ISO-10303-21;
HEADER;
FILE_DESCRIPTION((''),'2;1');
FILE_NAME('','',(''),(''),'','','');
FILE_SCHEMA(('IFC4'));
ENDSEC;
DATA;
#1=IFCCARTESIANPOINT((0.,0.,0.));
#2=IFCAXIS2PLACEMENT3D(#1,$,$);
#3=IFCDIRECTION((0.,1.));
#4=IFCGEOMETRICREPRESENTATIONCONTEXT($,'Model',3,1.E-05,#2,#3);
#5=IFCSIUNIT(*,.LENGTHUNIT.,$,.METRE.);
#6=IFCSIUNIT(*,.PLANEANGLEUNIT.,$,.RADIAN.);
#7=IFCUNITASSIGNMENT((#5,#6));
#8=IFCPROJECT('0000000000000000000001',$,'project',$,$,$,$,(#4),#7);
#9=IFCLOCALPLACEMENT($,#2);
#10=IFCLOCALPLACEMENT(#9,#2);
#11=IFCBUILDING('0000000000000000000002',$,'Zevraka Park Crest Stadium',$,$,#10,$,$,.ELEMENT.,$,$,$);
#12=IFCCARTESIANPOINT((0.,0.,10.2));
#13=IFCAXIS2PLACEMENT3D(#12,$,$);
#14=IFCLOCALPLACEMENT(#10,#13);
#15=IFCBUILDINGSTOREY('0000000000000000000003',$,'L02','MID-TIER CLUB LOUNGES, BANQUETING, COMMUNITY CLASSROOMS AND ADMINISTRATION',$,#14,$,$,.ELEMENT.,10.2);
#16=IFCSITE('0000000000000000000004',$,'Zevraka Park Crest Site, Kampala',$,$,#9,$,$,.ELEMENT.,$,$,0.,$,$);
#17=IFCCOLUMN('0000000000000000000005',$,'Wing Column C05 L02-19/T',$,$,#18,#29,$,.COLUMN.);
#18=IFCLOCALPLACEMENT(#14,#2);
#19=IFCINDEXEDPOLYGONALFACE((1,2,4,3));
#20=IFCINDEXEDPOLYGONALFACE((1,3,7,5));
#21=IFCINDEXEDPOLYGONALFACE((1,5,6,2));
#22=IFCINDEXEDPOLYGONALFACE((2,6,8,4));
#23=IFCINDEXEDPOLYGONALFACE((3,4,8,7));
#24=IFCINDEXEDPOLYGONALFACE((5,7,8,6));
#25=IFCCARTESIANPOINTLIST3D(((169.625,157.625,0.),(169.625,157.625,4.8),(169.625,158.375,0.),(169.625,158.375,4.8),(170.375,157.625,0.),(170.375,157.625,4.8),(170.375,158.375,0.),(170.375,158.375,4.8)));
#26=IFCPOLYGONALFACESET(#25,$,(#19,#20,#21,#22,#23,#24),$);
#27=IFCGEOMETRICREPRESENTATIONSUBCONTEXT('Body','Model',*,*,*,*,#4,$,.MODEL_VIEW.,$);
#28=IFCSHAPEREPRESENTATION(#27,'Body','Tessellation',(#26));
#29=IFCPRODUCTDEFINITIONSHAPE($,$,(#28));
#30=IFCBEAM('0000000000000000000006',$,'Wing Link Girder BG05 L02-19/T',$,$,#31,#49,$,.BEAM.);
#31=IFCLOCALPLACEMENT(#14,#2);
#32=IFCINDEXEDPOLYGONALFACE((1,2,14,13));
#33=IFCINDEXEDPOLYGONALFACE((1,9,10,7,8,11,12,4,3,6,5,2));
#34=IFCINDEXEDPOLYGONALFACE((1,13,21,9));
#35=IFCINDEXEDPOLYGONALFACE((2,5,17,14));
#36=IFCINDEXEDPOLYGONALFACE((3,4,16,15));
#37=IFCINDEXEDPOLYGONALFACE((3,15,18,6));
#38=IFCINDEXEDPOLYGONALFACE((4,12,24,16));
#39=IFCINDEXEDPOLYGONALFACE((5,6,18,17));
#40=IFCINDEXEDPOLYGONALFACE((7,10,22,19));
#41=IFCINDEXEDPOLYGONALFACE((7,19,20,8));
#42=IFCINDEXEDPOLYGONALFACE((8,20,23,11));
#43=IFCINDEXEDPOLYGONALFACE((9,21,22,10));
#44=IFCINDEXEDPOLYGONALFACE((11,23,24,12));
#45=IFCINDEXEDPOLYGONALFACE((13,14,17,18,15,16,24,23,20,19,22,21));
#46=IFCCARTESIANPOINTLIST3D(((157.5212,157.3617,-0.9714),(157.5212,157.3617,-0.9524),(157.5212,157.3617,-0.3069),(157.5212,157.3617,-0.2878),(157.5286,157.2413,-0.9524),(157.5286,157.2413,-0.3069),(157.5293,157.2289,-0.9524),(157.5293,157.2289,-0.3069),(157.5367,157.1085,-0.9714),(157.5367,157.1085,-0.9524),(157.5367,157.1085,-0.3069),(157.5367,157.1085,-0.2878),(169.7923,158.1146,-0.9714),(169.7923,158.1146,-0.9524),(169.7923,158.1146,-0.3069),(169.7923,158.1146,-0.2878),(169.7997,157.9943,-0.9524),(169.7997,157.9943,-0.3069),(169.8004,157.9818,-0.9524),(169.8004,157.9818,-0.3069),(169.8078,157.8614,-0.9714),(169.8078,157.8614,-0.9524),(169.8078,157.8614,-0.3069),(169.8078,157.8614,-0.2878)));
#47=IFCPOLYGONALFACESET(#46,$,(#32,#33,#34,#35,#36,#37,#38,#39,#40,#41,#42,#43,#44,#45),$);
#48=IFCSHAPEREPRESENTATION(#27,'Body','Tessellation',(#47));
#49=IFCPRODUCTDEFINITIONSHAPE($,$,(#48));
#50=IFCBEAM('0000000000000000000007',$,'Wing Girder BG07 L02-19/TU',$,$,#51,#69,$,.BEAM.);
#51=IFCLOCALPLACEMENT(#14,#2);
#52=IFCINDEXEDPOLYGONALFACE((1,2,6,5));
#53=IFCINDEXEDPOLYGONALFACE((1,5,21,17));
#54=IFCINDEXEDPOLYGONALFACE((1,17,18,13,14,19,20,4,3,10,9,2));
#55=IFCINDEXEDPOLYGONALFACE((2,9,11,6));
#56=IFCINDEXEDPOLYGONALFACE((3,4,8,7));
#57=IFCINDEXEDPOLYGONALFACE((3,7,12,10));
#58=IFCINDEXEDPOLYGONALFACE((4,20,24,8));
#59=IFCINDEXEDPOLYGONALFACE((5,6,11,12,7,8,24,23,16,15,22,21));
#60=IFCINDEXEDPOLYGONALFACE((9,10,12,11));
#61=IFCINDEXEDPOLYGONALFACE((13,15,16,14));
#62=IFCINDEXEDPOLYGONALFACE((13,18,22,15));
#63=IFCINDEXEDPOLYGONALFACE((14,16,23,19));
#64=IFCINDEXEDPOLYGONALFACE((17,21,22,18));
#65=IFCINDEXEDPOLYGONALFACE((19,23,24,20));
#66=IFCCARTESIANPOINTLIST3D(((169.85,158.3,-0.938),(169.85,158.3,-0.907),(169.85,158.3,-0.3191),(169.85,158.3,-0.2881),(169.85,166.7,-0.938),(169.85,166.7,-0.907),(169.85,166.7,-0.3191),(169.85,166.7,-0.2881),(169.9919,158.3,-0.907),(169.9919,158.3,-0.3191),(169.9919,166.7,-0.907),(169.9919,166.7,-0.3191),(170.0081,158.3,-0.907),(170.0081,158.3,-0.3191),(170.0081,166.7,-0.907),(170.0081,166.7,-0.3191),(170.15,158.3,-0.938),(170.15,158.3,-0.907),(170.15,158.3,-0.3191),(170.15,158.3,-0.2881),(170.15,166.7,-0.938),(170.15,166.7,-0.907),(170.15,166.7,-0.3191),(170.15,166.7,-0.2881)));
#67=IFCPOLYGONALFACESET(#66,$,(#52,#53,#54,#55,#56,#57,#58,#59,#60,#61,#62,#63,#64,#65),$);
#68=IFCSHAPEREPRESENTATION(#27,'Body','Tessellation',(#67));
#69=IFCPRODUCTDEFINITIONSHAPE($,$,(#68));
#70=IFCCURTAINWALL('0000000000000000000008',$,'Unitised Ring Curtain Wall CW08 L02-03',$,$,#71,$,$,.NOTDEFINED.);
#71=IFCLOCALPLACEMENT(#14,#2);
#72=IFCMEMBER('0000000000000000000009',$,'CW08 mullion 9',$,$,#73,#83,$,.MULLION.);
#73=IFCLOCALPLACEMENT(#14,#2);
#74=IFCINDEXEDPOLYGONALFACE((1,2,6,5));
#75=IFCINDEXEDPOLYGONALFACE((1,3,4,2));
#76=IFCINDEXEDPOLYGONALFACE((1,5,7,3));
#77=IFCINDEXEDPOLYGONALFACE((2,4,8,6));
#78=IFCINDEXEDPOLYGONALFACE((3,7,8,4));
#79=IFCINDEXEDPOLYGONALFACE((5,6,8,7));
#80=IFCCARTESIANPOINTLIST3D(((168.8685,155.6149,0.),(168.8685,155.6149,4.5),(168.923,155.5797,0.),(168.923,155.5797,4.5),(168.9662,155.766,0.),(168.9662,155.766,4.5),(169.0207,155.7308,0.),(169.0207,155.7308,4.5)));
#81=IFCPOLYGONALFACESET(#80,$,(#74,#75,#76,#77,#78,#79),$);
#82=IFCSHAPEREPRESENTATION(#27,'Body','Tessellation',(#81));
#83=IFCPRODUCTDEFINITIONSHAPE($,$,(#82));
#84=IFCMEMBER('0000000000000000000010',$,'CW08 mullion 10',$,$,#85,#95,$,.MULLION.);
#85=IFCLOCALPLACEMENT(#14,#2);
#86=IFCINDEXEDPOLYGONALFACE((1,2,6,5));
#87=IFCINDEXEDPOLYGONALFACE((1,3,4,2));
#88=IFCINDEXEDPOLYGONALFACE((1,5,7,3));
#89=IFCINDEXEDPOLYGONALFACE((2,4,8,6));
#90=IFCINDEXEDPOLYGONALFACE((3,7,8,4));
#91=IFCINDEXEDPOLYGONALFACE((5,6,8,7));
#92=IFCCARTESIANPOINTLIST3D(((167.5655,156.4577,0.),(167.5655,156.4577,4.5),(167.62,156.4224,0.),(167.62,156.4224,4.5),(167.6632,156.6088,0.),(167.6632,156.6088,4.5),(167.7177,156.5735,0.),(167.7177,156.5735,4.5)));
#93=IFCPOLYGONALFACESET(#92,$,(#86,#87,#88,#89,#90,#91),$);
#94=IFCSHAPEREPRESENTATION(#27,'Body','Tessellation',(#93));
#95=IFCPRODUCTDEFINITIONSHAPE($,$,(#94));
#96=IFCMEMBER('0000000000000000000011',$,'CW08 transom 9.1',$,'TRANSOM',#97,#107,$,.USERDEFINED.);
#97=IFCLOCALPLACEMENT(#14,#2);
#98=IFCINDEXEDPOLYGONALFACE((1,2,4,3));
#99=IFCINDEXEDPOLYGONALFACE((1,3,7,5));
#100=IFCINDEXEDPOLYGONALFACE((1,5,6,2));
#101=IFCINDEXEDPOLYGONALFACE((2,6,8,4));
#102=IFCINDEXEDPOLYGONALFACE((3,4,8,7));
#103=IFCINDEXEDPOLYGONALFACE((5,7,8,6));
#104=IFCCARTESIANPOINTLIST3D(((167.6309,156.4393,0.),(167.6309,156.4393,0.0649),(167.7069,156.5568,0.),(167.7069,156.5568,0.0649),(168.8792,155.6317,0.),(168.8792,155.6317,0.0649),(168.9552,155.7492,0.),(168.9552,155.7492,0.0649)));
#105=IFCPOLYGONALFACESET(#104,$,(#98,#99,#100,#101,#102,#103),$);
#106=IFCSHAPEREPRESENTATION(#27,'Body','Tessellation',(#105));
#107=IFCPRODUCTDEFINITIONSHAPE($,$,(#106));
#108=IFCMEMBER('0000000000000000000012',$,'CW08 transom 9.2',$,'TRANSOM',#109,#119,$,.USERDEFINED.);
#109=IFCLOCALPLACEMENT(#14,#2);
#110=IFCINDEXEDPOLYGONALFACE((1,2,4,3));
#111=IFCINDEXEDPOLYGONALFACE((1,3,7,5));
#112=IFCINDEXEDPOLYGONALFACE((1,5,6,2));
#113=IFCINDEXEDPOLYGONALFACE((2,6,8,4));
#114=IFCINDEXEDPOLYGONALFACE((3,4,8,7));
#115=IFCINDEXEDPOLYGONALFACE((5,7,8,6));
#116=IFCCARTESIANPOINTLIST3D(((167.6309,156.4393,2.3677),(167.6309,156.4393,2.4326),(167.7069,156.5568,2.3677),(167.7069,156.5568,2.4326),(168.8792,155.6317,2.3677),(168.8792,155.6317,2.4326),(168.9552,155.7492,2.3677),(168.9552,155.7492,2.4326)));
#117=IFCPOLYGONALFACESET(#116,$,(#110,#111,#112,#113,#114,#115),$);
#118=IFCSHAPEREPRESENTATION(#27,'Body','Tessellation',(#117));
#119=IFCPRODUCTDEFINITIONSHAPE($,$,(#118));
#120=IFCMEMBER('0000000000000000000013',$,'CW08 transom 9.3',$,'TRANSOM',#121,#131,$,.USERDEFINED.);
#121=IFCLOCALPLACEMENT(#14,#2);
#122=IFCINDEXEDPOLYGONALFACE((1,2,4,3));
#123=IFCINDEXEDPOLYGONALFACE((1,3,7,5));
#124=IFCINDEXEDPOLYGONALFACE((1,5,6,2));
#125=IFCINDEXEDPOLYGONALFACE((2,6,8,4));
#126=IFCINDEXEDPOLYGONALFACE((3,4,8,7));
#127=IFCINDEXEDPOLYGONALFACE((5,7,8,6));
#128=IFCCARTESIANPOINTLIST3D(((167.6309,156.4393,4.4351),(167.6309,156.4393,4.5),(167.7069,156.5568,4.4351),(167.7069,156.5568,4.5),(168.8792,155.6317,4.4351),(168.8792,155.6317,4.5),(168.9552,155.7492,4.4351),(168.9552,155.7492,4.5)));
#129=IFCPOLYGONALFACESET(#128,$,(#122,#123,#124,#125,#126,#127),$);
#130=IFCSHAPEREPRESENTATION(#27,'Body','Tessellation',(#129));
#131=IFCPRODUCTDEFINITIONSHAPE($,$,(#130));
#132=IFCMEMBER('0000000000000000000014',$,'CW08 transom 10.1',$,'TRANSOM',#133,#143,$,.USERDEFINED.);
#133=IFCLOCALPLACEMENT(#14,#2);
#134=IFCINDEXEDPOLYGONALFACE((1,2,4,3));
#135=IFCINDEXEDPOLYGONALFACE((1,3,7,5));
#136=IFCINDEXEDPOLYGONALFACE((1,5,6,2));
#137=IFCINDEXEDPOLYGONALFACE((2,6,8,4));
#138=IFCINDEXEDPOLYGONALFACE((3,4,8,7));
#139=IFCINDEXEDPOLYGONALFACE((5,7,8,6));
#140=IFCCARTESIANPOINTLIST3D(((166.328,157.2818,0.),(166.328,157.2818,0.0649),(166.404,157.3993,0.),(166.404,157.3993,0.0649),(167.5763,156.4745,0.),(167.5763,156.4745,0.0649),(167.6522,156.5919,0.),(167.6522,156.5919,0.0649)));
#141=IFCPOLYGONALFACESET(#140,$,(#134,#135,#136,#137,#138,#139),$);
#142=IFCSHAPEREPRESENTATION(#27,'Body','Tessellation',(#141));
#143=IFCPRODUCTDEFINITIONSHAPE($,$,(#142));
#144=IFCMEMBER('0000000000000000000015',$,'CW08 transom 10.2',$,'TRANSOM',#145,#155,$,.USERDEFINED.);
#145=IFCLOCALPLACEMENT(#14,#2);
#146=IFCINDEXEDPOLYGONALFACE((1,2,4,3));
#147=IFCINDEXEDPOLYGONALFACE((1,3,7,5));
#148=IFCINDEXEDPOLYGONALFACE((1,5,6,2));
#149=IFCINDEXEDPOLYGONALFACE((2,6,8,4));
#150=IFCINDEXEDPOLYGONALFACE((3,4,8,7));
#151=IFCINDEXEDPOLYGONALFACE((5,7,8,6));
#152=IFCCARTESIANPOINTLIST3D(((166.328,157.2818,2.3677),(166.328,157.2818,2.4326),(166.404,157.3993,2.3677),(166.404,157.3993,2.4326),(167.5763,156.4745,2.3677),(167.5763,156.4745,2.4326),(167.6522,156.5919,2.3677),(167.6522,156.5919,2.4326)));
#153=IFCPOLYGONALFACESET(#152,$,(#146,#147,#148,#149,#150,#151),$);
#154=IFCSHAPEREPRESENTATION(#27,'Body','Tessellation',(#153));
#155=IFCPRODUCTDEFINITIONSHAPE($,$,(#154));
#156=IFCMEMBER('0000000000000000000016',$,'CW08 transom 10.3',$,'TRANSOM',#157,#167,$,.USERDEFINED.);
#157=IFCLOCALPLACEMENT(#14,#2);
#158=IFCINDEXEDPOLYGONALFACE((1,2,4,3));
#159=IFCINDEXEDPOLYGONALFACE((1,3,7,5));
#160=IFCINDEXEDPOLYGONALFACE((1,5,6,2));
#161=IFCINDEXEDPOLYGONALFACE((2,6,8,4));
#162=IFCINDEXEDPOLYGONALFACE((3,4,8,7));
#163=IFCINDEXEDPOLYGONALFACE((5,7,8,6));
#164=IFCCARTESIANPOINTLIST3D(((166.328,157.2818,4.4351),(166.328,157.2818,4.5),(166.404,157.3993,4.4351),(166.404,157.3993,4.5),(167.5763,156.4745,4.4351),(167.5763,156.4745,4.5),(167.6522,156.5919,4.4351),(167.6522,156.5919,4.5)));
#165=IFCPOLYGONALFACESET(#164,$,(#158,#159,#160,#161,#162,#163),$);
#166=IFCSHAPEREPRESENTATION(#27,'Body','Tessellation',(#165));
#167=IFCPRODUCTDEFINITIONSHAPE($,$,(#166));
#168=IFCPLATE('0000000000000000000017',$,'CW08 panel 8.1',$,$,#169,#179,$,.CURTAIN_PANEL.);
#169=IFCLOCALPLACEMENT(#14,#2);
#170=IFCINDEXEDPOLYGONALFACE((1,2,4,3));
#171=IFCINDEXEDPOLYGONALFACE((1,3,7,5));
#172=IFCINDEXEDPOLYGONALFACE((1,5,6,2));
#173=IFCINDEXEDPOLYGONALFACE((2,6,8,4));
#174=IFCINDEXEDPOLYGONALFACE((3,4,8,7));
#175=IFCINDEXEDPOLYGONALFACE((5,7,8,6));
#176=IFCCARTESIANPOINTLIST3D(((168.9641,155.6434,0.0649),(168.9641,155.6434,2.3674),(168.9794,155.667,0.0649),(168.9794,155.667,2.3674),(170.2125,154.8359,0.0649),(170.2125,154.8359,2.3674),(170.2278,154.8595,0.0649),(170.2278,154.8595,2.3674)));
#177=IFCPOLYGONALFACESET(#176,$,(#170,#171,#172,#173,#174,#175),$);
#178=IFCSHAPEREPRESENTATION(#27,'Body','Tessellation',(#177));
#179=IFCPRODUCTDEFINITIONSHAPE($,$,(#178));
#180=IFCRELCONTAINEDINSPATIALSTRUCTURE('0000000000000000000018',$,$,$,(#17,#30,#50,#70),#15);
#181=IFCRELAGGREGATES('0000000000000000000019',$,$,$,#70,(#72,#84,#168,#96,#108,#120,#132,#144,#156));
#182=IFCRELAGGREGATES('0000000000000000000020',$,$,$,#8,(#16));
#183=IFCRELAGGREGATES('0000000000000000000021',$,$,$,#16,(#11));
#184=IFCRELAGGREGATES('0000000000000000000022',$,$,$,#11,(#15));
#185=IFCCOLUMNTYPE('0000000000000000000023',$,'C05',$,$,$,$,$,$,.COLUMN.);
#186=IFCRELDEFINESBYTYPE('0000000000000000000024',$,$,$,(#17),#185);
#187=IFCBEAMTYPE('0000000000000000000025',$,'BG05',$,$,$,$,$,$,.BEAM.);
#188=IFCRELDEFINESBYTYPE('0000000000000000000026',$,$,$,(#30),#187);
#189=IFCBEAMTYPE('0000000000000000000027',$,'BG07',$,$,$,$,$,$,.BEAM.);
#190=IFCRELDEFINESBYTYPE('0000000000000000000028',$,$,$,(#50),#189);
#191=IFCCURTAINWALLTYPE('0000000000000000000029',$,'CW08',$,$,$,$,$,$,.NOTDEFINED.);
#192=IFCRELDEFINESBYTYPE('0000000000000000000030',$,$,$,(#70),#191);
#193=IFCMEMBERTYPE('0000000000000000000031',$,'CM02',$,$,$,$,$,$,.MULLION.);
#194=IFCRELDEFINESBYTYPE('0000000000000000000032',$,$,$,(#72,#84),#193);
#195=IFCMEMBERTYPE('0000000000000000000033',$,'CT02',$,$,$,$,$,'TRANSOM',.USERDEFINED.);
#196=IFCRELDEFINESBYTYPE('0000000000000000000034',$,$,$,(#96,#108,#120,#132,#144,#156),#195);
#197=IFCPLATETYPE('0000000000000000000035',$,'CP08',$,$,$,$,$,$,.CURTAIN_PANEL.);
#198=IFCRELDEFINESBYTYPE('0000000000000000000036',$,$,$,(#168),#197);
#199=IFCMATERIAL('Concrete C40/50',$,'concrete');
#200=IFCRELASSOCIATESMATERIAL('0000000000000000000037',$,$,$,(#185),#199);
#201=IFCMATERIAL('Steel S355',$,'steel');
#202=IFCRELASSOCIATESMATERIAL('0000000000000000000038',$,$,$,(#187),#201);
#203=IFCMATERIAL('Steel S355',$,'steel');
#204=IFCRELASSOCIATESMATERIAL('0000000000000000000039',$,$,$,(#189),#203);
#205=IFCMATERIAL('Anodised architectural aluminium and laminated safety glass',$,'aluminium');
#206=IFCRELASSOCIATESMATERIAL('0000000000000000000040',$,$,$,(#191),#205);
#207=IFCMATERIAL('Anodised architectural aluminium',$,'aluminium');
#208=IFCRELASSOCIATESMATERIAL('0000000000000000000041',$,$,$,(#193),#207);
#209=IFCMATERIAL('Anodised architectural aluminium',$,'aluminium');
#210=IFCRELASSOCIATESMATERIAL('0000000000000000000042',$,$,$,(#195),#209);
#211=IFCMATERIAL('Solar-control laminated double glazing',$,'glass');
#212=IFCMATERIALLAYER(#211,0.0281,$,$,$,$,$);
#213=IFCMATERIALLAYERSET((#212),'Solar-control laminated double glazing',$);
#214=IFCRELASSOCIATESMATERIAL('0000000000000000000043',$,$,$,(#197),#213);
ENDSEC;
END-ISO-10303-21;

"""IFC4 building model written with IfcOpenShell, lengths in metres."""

from ifc_helpers import new_model, si_unit, direction, frame, origin, origin_2d, place, context, subcontext, project, spatial, rectangle, i_section, extrude, material, layer, layer_set, material_profile, profile_set, type_object, element, aggregate, save


model = new_model("IFC4")

# Units and contexts
model_context = context("Model", 3, precision=1e-05, world=origin(), true_north=direction((0.0, 1.0)))
body_context = subcontext(model_context, "Body", "Model", "MODEL_VIEW")
ifc_project = project(units=[si_unit("LENGTHUNIT", "METRE"), si_unit("PLANEANGLEUNIT", "RADIAN")], contexts=[model_context])

# Site, building, storey
site_placement = place(None, origin())
site = spatial("IfcSite", under=ifc_project, at=site_placement, Name="Zevraka Park Crest Site, Kampala", CompositionType="ELEMENT", RefElevation=0.0)
building_placement = place(site_placement, origin())
building = spatial("IfcBuilding", under=site, at=building_placement, Name="Zevraka Park Crest Stadium", CompositionType="ELEMENT")
storey_placement = place(building_placement, frame((0.0, 0.0, 10.2)))
storey = spatial("IfcBuildingStorey", under=building, at=storey_placement, Name="L02", Description="MID-TIER CLUB LOUNGES, BANQUETING, COMMUNITY CLASSROOMS AND ADMINISTRATION", CompositionType="ELEMENT", Elevation=10.2)

# Column
ifc_material_1 = material(Name="Concrete C40/50", Category="concrete")
ifc_material_profile_1 = material_profile(ifc_material_1, rectangle(XDim=0.75, YDim=0.75, at=origin_2d()), Name="RC 750x750")
ifc_profile_set_1 = profile_set([ifc_material_profile_1], Name="Concrete C40/50")
column_type = type_object("IfcColumnType", Name="C05", PredefinedType="COLUMN", material=ifc_profile_set_1)
column_placement = place(storey_placement, frame((170.0, 158.0, 0.0), z_axis=(0.0, 0.0, 1.0), x_axis=(1.0, 0.0, 0.0)))
element("IfcColumn", 1, at=column_placement, inside=storey, type_object=column_type, Name="Wing Column C05 L02-19/T", PredefinedType="COLUMN", context=body_context, shape_type="SweptSolid", body=[
    extrude(rectangle(XDim=0.75, YDim=0.75, at=origin_2d()), origin(), (0.0, 0.0, 1.0), 4.8),
])

# Beams
ifc_material_2 = material(Name="Steel S355", Category="steel")
ifc_material_profile_2 = material_profile(ifc_material_2, i_section(OverallWidth=0.2537, OverallDepth=0.6836, WebThickness=0.0125, FlangeThickness=0.019, at=origin_2d()), Name="UKB 686x254x140")
ifc_profile_set_2 = profile_set([ifc_material_profile_2], Name="Steel S355")
beam_type_1 = type_object("IfcBeamType", Name="BG05", PredefinedType="BEAM", material=ifc_profile_set_2)
beam_1_placement = place(storey_placement, frame((169.8, 157.988, -0.6296), z_axis=(-0.998123, -0.061243, 0.0), x_axis=(0.061243, -0.998123, 0.0)))
element("IfcBeam", 2, at=beam_1_placement, inside=storey, type_object=beam_type_1, Name="Wing Link Girder BG05 L02-19/T", PredefinedType="BEAM", context=body_context, shape_type="SweptSolid", body=[
    extrude(i_section(OverallWidth=0.2537, OverallDepth=0.6836, WebThickness=0.0125, FlangeThickness=0.019, at=origin_2d()), origin(), (0.0, 0.0, 1.0), 12.2942),
])
ifc_material_3 = material(Name="Steel S355", Category="steel")
ifc_material_profile_3 = material_profile(ifc_material_3, i_section(OverallWidth=0.3, OverallDepth=0.6499, WebThickness=0.0161, FlangeThickness=0.031, at=origin_2d()), Name="HEB 650")
ifc_profile_set_3 = profile_set([ifc_material_profile_3], Name="Steel S355")
beam_type_2 = type_object("IfcBeamType", Name="BG07", PredefinedType="BEAM", material=ifc_profile_set_3)
beam_2_placement = place(storey_placement, frame((170.0, 158.3, -0.613), z_axis=(0.0, 1.0, 0.0), x_axis=(-1.0, 0.0, 0.0)))
element("IfcBeam", 3, at=beam_2_placement, inside=storey, type_object=beam_type_2, Name="Wing Girder BG07 L02-19/TU", PredefinedType="BEAM", context=body_context, shape_type="SweptSolid", body=[
    extrude(i_section(OverallWidth=0.3, OverallDepth=0.6499, WebThickness=0.0161, FlangeThickness=0.031, at=origin_2d()), origin(), (0.0, 0.0, 1.0), 8.3999),
])

# Curtain wall, members, plate
ifc_material_4 = material(Name="Anodised architectural aluminium and laminated safety glass", Category="aluminium")
curtain_wall_type = type_object("IfcCurtainWallType", Name="CW08", PredefinedType="NOTDEFINED", material=ifc_material_4)
curtain_wall_placement = place(storey_placement, origin())
curtain_wall = element("IfcCurtainWall", 4, at=curtain_wall_placement, inside=storey, type_object=curtain_wall_type, Name="Unitised Ring Curtain Wall CW08 L02-03", PredefinedType="NOTDEFINED")
ifc_material_5 = material(Name="Anodised architectural aluminium", Category="aluminium")
ifc_material_profile_4 = material_profile(ifc_material_5, rectangle(XDim=0.1799, YDim=0.0649, at=origin_2d()), Name="ALU MULLION 180x65")
ifc_profile_set_4 = profile_set([ifc_material_profile_4], Name="Anodised architectural aluminium")
member_type_1 = type_object("IfcMemberType", Name="CM02", PredefinedType="MULLION", material=ifc_profile_set_4)
member_1_placement = place(storey_placement, frame((168.9446, 155.6729, 0.0), z_axis=(0.0, 0.0, 1.0), x_axis=(-0.543096, -0.83967, 0.0)))
member_1 = element("IfcMember", 5, at=member_1_placement, type_object=member_type_1, Name="CW08 mullion 9", PredefinedType="MULLION", context=body_context, shape_type="SweptSolid", body=[
    extrude(rectangle(XDim=0.1799, YDim=0.0649, at=origin_2d()), origin(), (0.0, 0.0, 1.0), 4.5),
])
member_2_placement = place(storey_placement, frame((167.6416, 156.5156, 0.0), z_axis=(0.0, 0.0, 1.0), x_axis=(-0.543096, -0.83967, 0.0)))
member_2 = element("IfcMember", 6, at=member_2_placement, type_object=member_type_1, Name="CW08 mullion 10", PredefinedType="MULLION", context=body_context, shape_type="SweptSolid", body=[
    extrude(rectangle(XDim=0.1799, YDim=0.0649, at=origin_2d()), origin(), (0.0, 0.0, 1.0), 4.5),
])
ifc_material_6 = material(Name="Anodised architectural aluminium", Category="aluminium")
ifc_material_profile_5 = material_profile(ifc_material_6, rectangle(XDim=0.1399, YDim=0.0649, at=origin_2d()), Name="ALU TRANSOM 140x65")
ifc_profile_set_5 = profile_set([ifc_material_profile_5], Name="Anodised architectural aluminium")
member_type_2 = type_object("IfcMemberType", Name="CT02", ElementType="TRANSOM", PredefinedType="USERDEFINED", material=ifc_profile_set_5)
member_3_placement = place(storey_placement, frame((168.9172, 155.6904, 0.0325), z_axis=(-0.839601, 0.543204, 0.0), x_axis=(-0.543204, -0.839601, 0.0)))
member_3 = element("IfcMember", 7, at=member_3_placement, type_object=member_type_2, Name="CW08 transom 9.1", ObjectType="TRANSOM", PredefinedType="USERDEFINED", context=body_context, shape_type="SweptSolid", body=[
    extrude(rectangle(XDim=0.1399, YDim=0.0649, at=origin_2d()), origin(), (0.0, 0.0, 1.0), 1.4868),
])
member_4_placement = place(storey_placement, frame((168.9172, 155.6904, 2.4001), z_axis=(-0.839601, 0.543204, 0.0), x_axis=(-0.543204, -0.839601, 0.0)))
member_4 = element("IfcMember", 8, at=member_4_placement, type_object=member_type_2, Name="CW08 transom 9.2", ObjectType="TRANSOM", PredefinedType="USERDEFINED", context=body_context, shape_type="SweptSolid", body=[
    extrude(rectangle(XDim=0.1399, YDim=0.0649, at=origin_2d()), origin(), (0.0, 0.0, 1.0), 1.4868),
])
member_5_placement = place(storey_placement, frame((168.9172, 155.6904, 4.4675), z_axis=(-0.839601, 0.543204, 0.0), x_axis=(-0.543204, -0.839601, 0.0)))
member_5 = element("IfcMember", 9, at=member_5_placement, type_object=member_type_2, Name="CW08 transom 9.3", ObjectType="TRANSOM", PredefinedType="USERDEFINED", context=body_context, shape_type="SweptSolid", body=[
    extrude(rectangle(XDim=0.1399, YDim=0.0649, at=origin_2d()), origin(), (0.0, 0.0, 1.0), 1.4868),
])
member_6_placement = place(storey_placement, frame((167.6143, 156.5332, 0.0325), z_axis=(-0.839676, 0.543088, 0.0), x_axis=(-0.543088, -0.839676, 0.0)))
member_6 = element("IfcMember", 10, at=member_6_placement, type_object=member_type_2, Name="CW08 transom 10.1", ObjectType="TRANSOM", PredefinedType="USERDEFINED", context=body_context, shape_type="SweptSolid", body=[
    extrude(rectangle(XDim=0.1399, YDim=0.0649, at=origin_2d()), origin(), (0.0, 0.0, 1.0), 1.4866),
])
member_7_placement = place(storey_placement, frame((167.6143, 156.5332, 2.4001), z_axis=(-0.839676, 0.543088, 0.0), x_axis=(-0.543088, -0.839676, 0.0)))
member_7 = element("IfcMember", 11, at=member_7_placement, type_object=member_type_2, Name="CW08 transom 10.2", ObjectType="TRANSOM", PredefinedType="USERDEFINED", context=body_context, shape_type="SweptSolid", body=[
    extrude(rectangle(XDim=0.1399, YDim=0.0649, at=origin_2d()), origin(), (0.0, 0.0, 1.0), 1.4866),
])
member_8_placement = place(storey_placement, frame((167.6143, 156.5332, 4.4675), z_axis=(-0.839676, 0.543088, 0.0), x_axis=(-0.543088, -0.839676, 0.0)))
member_8 = element("IfcMember", 12, at=member_8_placement, type_object=member_type_2, Name="CW08 transom 10.3", ObjectType="TRANSOM", PredefinedType="USERDEFINED", context=body_context, shape_type="SweptSolid", body=[
    extrude(rectangle(XDim=0.1399, YDim=0.0649, at=origin_2d()), origin(), (0.0, 0.0, 1.0), 1.4866),
])
ifc_material_7 = material(Name="Solar-control laminated double glazing", Category="glass")
ifc_layer_1 = layer(ifc_material_7, 0.0281)
ifc_layer_set_1 = layer_set([ifc_layer_1], Name="Solar-control laminated double glazing")
plate_type = type_object("IfcPlateType", Name="CP08", PredefinedType="CURTAIN_PANEL", material=ifc_layer_set_1)
plate_1_placement = place(storey_placement, frame((169.5959, 155.2515, 0.0649), z_axis=(0.0, 0.0, 1.0), x_axis=(-0.83967, 0.543096, 0.0)))
plate_1 = element("IfcPlate", 13, at=plate_1_placement, type_object=plate_type, Name="CW08 panel 8.1", PredefinedType="CURTAIN_PANEL", context=body_context, shape_type="SweptSolid", body=[
    extrude(rectangle(XDim=1.4868, YDim=0.0281, at=origin_2d()), origin(), (0.0, 0.0, 1.0), 2.3025),
])
aggregate(curtain_wall, [member_1, member_2, plate_1, member_3, member_4, member_5, member_6, member_7, member_8])

save(model, "model.ifc")
